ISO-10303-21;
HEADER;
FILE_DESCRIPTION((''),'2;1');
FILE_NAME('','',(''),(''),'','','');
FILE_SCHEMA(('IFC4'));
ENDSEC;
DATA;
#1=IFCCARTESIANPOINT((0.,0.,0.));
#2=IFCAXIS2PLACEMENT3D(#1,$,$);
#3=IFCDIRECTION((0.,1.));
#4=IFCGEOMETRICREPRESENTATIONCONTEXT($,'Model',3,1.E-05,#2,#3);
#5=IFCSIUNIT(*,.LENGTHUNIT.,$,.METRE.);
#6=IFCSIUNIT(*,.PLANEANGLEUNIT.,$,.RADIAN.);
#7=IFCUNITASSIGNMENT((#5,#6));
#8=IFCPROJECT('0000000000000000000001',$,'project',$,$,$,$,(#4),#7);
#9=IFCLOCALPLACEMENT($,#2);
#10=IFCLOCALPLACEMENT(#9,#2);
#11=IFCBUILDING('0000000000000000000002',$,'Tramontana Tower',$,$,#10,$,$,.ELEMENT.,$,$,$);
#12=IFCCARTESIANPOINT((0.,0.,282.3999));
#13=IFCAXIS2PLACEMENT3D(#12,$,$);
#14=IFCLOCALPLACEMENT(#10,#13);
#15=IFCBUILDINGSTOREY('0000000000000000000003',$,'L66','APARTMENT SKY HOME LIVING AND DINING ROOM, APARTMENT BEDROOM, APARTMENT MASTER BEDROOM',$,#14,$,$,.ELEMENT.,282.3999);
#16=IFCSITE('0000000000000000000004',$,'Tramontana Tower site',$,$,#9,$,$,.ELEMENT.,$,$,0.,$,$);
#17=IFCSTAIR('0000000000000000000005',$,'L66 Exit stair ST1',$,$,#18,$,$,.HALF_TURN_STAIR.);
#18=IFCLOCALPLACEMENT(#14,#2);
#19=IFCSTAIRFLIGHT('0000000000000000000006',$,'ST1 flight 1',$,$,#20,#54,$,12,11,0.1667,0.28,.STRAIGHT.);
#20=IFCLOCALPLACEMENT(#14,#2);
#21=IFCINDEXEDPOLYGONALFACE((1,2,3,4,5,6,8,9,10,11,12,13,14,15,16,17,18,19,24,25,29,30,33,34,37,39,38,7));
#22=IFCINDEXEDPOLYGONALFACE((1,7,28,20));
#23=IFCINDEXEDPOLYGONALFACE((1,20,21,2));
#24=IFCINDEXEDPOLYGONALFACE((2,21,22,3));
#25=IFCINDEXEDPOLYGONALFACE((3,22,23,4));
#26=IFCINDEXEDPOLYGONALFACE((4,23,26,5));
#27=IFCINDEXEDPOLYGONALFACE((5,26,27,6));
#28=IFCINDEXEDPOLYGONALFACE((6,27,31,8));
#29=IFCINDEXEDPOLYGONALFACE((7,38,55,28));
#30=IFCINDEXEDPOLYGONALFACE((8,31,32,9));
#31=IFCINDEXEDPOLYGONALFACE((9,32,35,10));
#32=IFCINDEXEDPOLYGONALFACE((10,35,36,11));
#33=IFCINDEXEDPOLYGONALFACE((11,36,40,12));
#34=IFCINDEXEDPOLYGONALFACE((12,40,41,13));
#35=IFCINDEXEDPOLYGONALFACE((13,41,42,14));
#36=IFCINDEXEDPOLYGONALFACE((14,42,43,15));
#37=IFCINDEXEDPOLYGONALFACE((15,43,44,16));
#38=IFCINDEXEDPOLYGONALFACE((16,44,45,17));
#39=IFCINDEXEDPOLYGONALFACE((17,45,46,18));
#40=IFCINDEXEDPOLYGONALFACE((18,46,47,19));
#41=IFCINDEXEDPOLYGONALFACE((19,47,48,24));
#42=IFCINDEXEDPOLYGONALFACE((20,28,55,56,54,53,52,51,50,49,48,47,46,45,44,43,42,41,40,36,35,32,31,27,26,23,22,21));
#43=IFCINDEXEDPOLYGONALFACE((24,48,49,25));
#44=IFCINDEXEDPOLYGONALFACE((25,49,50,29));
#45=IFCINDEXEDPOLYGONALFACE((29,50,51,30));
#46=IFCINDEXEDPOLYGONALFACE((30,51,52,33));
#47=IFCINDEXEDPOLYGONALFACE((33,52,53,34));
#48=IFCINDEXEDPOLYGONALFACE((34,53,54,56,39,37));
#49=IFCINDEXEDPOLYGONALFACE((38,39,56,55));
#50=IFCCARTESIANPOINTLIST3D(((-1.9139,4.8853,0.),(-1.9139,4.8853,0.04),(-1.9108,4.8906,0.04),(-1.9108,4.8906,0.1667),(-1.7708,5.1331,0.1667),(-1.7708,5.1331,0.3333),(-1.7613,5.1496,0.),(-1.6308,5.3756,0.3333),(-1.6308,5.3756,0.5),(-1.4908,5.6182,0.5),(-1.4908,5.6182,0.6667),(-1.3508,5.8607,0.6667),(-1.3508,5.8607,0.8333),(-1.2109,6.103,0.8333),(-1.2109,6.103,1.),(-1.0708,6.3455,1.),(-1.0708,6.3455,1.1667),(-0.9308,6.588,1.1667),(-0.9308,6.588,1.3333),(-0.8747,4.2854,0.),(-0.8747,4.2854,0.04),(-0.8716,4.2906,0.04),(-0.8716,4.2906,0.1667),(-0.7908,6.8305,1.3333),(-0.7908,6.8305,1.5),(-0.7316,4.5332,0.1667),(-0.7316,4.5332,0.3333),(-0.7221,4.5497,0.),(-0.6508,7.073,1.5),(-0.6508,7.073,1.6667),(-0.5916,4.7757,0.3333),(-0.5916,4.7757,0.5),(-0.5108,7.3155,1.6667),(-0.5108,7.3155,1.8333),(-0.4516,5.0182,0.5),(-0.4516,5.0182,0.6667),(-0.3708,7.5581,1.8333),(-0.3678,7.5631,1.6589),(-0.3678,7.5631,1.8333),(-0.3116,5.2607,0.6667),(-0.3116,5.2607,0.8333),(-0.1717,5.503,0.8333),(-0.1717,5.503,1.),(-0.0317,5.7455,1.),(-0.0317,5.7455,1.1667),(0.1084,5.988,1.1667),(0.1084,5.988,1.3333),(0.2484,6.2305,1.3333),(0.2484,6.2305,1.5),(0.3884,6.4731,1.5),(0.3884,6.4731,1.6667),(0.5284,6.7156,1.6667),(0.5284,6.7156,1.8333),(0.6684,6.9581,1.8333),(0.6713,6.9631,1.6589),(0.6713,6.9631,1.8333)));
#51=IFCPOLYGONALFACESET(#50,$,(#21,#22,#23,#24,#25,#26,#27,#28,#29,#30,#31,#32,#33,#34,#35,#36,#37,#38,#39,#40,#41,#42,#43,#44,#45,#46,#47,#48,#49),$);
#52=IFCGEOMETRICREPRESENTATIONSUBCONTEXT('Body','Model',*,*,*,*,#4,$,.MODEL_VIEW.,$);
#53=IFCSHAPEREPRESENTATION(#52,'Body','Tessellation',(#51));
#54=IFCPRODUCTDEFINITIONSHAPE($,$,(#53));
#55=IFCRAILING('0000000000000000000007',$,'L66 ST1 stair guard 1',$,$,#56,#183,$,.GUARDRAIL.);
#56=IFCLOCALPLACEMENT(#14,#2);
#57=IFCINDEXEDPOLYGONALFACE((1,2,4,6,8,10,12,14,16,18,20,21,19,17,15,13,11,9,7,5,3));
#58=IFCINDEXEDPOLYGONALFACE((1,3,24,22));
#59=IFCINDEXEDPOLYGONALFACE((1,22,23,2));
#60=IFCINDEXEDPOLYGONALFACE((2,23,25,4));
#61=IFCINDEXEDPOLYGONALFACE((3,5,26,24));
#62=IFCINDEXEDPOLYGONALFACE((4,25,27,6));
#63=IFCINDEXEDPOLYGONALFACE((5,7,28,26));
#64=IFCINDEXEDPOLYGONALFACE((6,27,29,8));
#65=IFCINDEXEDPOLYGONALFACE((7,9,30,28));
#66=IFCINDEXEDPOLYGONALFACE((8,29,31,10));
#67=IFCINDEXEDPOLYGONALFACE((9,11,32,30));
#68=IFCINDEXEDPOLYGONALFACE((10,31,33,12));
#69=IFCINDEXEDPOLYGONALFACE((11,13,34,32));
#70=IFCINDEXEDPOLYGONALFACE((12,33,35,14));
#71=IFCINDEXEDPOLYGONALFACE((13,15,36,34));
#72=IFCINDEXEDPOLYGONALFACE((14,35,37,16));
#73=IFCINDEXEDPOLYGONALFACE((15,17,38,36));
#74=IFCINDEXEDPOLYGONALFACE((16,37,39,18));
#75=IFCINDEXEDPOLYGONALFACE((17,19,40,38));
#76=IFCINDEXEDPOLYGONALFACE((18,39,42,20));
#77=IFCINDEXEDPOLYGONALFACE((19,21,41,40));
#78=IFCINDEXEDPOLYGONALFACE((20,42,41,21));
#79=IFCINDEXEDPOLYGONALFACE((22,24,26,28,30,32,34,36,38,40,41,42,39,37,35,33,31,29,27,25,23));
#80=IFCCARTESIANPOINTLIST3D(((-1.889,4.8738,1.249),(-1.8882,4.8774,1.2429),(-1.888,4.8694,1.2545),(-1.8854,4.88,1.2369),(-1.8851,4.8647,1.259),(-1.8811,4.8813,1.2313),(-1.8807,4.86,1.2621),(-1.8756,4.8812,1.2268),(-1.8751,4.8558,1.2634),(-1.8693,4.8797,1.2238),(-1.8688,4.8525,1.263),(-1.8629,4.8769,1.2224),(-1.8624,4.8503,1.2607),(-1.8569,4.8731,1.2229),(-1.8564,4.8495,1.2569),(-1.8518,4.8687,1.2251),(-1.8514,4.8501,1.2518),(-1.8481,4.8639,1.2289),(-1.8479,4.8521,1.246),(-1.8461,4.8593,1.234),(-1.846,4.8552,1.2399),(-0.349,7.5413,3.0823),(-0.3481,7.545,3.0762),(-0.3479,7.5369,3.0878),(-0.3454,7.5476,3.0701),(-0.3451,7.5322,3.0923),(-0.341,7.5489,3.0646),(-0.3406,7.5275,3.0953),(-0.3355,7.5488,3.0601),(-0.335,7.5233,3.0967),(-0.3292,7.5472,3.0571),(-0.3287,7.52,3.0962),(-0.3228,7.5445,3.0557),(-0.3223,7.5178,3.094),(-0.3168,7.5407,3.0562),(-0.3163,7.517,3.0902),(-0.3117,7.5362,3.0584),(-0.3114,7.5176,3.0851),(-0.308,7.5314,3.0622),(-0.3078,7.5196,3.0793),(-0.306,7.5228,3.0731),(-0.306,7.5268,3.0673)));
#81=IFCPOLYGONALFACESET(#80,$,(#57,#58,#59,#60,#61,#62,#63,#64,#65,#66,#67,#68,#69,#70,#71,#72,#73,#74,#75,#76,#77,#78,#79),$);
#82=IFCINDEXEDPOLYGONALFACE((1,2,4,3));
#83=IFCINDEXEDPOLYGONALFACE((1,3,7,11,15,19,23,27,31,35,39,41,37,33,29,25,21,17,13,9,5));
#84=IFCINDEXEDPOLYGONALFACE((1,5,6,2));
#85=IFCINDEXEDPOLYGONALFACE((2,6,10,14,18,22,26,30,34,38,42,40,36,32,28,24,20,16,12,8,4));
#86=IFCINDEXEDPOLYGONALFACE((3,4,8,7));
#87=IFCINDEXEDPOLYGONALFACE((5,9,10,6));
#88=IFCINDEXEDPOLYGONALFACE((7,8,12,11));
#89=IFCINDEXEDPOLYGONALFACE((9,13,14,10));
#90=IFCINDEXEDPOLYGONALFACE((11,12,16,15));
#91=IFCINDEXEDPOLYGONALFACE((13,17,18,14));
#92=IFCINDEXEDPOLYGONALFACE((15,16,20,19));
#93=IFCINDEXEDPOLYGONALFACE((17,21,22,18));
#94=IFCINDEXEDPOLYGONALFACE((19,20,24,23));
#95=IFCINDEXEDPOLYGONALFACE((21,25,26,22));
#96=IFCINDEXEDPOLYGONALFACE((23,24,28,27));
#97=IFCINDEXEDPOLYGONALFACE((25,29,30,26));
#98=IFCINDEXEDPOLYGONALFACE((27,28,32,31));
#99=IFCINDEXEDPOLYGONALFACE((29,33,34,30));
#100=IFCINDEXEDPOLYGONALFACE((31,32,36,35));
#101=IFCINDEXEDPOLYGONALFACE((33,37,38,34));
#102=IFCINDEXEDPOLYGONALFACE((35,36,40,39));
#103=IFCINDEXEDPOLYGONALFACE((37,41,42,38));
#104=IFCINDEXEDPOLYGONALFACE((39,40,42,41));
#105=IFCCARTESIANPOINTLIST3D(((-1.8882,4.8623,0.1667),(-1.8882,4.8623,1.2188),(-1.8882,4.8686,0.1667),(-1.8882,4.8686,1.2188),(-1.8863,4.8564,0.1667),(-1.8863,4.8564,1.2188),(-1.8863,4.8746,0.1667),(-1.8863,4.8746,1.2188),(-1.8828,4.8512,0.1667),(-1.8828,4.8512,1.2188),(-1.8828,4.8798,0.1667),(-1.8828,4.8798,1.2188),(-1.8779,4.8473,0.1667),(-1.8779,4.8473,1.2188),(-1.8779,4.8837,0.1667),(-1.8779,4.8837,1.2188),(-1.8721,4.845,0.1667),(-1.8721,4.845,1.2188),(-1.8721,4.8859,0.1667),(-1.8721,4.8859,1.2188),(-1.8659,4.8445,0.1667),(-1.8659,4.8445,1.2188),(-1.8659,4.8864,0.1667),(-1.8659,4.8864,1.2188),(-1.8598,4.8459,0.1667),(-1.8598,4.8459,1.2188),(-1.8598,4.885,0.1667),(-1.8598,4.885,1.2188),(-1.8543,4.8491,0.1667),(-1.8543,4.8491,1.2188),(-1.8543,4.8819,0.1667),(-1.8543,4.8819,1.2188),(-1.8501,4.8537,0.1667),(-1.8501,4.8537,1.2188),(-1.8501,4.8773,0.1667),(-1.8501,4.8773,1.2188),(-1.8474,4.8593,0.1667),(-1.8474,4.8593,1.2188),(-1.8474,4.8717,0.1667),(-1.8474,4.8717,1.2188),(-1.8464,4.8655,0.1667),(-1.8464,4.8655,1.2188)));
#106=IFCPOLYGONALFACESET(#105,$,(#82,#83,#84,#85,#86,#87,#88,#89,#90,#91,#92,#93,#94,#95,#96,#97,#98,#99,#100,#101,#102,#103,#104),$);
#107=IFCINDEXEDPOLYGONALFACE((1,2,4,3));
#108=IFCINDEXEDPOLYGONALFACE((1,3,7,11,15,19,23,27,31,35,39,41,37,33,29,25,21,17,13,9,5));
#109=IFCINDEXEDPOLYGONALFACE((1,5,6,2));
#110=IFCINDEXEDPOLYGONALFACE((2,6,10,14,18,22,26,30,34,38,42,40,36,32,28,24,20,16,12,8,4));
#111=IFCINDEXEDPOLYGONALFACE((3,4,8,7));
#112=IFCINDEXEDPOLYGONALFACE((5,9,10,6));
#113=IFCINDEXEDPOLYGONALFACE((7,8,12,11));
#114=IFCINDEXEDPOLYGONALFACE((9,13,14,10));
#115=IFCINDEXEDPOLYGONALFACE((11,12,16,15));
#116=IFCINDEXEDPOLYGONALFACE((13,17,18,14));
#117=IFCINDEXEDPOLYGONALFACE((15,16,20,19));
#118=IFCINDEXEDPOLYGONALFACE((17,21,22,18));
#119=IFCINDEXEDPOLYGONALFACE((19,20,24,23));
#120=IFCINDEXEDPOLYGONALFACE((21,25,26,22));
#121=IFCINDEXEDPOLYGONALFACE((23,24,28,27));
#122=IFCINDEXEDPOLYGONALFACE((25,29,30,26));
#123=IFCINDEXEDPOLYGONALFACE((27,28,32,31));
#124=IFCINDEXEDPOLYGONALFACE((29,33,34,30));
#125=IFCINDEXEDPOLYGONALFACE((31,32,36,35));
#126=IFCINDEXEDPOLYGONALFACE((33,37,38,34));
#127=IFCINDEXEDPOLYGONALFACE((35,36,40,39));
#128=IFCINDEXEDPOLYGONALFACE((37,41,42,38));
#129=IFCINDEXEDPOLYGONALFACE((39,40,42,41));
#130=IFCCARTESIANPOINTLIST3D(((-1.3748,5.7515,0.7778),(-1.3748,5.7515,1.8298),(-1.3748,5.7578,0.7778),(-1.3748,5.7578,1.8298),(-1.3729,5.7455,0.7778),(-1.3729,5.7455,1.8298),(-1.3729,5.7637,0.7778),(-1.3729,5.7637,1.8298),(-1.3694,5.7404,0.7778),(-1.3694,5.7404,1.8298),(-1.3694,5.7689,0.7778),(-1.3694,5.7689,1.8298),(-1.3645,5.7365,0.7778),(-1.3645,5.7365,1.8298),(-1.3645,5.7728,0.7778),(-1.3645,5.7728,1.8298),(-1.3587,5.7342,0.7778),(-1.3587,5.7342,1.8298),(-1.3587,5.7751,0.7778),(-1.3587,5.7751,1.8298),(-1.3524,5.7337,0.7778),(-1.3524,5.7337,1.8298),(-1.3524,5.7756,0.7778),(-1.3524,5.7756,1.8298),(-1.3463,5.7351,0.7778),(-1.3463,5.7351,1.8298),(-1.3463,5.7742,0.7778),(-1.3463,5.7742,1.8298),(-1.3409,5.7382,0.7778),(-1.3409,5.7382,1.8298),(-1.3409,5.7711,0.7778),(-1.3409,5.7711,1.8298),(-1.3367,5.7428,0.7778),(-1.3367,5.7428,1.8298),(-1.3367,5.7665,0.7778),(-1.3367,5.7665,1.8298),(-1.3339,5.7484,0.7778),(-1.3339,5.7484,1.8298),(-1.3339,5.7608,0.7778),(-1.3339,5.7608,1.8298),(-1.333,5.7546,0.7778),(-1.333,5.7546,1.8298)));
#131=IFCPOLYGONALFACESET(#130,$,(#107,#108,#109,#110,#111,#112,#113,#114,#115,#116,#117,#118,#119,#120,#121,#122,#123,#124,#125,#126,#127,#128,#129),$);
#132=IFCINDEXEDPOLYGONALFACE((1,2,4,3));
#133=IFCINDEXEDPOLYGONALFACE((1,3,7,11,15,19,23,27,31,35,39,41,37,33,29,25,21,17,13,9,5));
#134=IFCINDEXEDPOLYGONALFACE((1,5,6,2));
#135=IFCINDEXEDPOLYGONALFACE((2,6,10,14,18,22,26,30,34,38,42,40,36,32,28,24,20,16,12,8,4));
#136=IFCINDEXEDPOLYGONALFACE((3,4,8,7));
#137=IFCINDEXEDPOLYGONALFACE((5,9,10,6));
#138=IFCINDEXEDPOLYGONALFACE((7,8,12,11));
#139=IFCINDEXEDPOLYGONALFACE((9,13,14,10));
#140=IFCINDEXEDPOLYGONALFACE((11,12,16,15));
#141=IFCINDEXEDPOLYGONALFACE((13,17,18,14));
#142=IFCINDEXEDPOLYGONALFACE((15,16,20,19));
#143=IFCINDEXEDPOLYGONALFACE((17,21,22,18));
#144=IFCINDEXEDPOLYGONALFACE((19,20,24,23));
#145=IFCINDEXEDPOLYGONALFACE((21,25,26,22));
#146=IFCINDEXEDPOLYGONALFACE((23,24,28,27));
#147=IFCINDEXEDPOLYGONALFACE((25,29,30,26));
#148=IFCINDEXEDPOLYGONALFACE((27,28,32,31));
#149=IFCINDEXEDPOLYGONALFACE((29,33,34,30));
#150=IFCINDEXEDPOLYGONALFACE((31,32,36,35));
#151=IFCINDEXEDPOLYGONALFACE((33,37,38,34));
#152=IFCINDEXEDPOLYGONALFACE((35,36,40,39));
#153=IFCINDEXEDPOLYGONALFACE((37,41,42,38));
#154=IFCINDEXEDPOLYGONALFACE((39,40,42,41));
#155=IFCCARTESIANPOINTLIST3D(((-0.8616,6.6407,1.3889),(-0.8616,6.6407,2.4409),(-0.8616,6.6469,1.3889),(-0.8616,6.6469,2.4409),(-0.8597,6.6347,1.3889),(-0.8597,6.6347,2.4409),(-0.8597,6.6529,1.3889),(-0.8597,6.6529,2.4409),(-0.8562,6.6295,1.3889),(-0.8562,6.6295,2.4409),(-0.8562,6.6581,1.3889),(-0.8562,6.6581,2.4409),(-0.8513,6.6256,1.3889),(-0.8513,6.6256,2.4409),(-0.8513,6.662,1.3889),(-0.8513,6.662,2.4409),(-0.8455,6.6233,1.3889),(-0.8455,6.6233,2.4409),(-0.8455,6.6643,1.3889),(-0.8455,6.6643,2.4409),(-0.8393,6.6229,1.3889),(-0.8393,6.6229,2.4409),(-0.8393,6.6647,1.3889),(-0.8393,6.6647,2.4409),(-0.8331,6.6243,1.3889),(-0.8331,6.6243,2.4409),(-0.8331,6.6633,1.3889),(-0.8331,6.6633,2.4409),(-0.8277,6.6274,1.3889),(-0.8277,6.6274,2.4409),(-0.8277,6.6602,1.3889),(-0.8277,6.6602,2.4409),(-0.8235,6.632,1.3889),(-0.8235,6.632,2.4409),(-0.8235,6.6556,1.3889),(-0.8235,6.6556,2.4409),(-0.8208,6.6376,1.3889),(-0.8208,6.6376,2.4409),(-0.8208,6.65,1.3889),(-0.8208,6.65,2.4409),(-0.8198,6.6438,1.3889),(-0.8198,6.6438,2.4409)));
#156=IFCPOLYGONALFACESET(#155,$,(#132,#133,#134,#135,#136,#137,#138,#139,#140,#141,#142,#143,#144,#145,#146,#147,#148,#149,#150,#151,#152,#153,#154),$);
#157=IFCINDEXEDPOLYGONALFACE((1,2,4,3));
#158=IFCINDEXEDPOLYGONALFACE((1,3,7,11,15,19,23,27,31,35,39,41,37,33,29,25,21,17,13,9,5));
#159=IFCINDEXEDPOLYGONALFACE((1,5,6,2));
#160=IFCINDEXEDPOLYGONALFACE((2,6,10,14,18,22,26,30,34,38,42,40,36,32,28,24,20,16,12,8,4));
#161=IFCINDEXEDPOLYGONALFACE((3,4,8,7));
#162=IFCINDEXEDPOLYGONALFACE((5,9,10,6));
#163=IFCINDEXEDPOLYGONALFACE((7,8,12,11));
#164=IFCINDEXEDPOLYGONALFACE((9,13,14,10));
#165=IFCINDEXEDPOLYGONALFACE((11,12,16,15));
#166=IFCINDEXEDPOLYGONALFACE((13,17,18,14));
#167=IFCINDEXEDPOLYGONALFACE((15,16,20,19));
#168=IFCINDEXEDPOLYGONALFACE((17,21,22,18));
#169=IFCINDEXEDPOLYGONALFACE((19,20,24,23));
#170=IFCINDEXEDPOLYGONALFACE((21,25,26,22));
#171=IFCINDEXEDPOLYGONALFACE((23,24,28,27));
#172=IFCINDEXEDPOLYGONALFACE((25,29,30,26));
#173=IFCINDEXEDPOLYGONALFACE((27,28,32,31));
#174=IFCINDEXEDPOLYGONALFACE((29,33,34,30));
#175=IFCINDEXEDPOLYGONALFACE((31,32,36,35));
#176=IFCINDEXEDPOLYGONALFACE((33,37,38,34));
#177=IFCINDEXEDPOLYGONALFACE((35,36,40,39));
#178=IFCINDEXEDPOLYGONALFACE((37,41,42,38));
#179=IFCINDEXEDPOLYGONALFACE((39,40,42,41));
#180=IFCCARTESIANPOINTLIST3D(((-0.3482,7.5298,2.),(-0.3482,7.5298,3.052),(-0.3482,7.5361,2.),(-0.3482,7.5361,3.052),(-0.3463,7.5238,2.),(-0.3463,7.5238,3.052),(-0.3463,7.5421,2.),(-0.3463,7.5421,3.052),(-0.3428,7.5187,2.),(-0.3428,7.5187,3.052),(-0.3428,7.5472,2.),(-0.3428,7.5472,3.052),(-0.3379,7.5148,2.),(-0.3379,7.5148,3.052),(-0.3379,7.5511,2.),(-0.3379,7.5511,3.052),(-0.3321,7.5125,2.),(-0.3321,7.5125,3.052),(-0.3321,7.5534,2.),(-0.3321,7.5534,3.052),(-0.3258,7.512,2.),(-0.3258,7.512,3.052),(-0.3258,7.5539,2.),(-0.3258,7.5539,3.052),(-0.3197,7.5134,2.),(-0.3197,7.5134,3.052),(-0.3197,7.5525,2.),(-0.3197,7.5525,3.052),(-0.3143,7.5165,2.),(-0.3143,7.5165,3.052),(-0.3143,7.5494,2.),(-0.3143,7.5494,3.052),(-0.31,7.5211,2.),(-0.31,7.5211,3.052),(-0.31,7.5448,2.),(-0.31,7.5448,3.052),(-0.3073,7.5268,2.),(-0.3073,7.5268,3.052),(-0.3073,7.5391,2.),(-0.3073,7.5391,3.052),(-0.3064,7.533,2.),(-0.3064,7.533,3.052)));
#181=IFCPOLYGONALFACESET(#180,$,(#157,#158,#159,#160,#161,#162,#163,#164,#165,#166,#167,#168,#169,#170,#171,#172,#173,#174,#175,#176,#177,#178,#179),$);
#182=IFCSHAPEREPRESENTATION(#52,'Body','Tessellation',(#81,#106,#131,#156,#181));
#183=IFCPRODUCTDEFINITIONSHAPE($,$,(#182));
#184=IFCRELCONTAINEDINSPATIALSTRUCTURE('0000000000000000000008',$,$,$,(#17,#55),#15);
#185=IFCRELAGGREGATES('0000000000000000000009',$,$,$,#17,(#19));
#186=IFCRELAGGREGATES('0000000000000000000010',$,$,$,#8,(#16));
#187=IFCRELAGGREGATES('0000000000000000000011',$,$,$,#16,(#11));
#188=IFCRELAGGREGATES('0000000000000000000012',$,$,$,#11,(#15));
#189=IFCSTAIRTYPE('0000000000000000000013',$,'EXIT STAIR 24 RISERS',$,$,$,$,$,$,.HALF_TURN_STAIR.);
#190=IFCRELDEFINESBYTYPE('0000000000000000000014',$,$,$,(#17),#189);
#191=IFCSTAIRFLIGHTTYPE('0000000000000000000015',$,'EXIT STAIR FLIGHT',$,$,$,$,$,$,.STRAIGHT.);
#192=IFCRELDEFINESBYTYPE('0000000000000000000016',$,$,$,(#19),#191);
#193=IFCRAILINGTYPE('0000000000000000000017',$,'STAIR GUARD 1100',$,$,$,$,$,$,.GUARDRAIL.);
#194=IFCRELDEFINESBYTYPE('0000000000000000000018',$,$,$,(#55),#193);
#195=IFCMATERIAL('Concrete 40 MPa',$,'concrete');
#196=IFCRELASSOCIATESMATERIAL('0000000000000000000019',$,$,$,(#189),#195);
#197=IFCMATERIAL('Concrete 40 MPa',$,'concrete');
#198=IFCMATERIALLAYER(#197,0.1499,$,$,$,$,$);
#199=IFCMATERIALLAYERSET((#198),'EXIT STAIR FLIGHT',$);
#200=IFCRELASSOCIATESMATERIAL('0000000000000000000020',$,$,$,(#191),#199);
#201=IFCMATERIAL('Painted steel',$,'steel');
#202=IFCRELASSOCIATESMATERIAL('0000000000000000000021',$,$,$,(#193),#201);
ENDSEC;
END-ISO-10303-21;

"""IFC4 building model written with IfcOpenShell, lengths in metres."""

from ifc_helpers import new_model, si_unit, direction, frame, origin, origin_2d, place, context, subcontext, project, spatial, polyline, circle, outline, extrude, material, layer, layer_set, type_object, element, aggregate, save


model = new_model("IFC4")

# Units and contexts
model_context = context("Model", 3, precision=1e-05, world=origin(), true_north=direction((0.0, 1.0)))
body_context = subcontext(model_context, "Body", "Model", "MODEL_VIEW")
ifc_project = project(units=[si_unit("LENGTHUNIT", "METRE"), si_unit("PLANEANGLEUNIT", "RADIAN")], contexts=[model_context])

# Site, building, storey
site_placement = place(None, origin())
site = spatial("IfcSite", under=ifc_project, at=site_placement, Name="Tramontana Tower site", CompositionType="ELEMENT", RefElevation=0.0)
building_placement = place(site_placement, origin())
building = spatial("IfcBuilding", under=site, at=building_placement, Name="Tramontana Tower", CompositionType="ELEMENT")
storey_placement = place(building_placement, frame((0.0, 0.0, 282.3999)))
storey = spatial("IfcBuildingStorey", under=building, at=storey_placement, Name="L66", Description="APARTMENT SKY HOME LIVING AND DINING ROOM, APARTMENT BEDROOM, APARTMENT MASTER BEDROOM", CompositionType="ELEMENT", Elevation=282.3999)

# Stair, stair flight
ifc_material_1 = material(Name="Concrete 40 MPa", Category="concrete")
stair_type = type_object("IfcStairType", Name="EXIT STAIR 24 RISERS", PredefinedType="HALF_TURN_STAIR", material=ifc_material_1)
stair_placement = place(storey_placement, origin())
stair = element("IfcStair", 1, at=stair_placement, inside=storey, type_object=stair_type, Name="L66 Exit stair ST1", PredefinedType="HALF_TURN_STAIR")
ifc_material_2 = material(Name="Concrete 40 MPa", Category="concrete")
ifc_layer_1 = layer(ifc_material_2, 0.1499)
ifc_layer_set_1 = layer_set([ifc_layer_1], Name="EXIT STAIR FLIGHT")
stair_flight_type = type_object("IfcStairFlightType", Name="EXIT STAIR FLIGHT", PredefinedType="STRAIGHT", material=ifc_layer_set_1)
stair_flight_placement = place(storey_placement, frame((-1.3911, 4.5906, 0.0), z_axis=(0.0, 0.0, 1.0), x_axis=(0.5, 0.866025, 0.0)))
stair_flight = element("IfcStairFlight", 2, at=stair_flight_placement, type_object=stair_flight_type, Name="ST1 flight 1", NumberOfRisers=12, NumberOfTreads=11, PredefinedType="STRAIGHT", RiserHeight=0.1667, TreadLength=0.28, context=body_context, shape_type="SweptSolid", body=[
    extrude(outline(polyline([(-0.0061, 0.0), (-0.0061, 0.04), (0.0, 0.04), (0.0, 0.1667), (0.28, 0.1667), (0.28, 0.3333), (0.5601, 0.3333), (0.5601, 0.5), (0.8401, 0.5), (0.8401, 0.6667), (1.1201, 0.6667), (1.1201, 0.8333), (1.3999, 0.8333), (1.3999, 1.0), (1.6799, 1.0), (1.6799, 1.1667), (1.96, 1.1667), (1.96, 1.3333), (2.24, 1.3333), (2.24, 1.5), (2.52, 1.5), (2.52, 1.6667), (2.8, 1.6667), (2.8, 1.8333), (3.0801, 1.8333), (3.0859, 1.8333), (3.0859, 1.6589), (0.2991, 0.0), (-0.0061, 0.0)])), frame((0.0, 0.6001, 0.0), z_axis=(0.0, -1.0, 0.0), x_axis=(1.0, 0.0, 0.0)), (0.0, 0.0, 1.0), 1.2),
])
aggregate(stair, [stair_flight])

# Railing
ifc_material_3 = material(Name="Painted steel", Category="steel")
railing_type_1 = type_object("IfcRailingType", Name="STAIR GUARD 1100", PredefinedType="GUARDRAIL", material=ifc_material_3)
railing_1_placement = place(storey_placement, frame((-1.8674, 4.8655, 0.1667)))
element("IfcRailing", 3, at=railing_1_placement, inside=storey, type_object=railing_type_1, Name="L66 ST1 stair guard 1", PredefinedType="GUARDRAIL", context=body_context, shape_type="SweptSolid", body=[
    extrude(circle(Radius=0.0239, at=origin_2d()), frame((0.0, 0.0, 1.0762), z_axis=(0.429649, 0.74419, 0.511452), x_axis=(-0.86603, 0.499992, 0.0)), (0.0, 0.0, 1.0), 3.5845),
    extrude(circle(Radius=0.021, at=origin_2d()), origin(), (0.0, 0.0, 1.0), 1.052),
    extrude(circle(Radius=0.021, at=origin_2d()), frame((0.5134, 0.8892, 0.6111)), (0.0, 0.0, 1.0), 1.052),
    extrude(circle(Radius=0.021, at=origin_2d()), frame((1.0266, 1.7783, 1.2222)), (0.0, 0.0, 1.0), 1.052),
    extrude(circle(Radius=0.021, at=origin_2d()), frame((1.54, 2.6675, 1.8333)), (0.0, 0.0, 1.0), 1.052),
])

save(model, "model.ifc")
